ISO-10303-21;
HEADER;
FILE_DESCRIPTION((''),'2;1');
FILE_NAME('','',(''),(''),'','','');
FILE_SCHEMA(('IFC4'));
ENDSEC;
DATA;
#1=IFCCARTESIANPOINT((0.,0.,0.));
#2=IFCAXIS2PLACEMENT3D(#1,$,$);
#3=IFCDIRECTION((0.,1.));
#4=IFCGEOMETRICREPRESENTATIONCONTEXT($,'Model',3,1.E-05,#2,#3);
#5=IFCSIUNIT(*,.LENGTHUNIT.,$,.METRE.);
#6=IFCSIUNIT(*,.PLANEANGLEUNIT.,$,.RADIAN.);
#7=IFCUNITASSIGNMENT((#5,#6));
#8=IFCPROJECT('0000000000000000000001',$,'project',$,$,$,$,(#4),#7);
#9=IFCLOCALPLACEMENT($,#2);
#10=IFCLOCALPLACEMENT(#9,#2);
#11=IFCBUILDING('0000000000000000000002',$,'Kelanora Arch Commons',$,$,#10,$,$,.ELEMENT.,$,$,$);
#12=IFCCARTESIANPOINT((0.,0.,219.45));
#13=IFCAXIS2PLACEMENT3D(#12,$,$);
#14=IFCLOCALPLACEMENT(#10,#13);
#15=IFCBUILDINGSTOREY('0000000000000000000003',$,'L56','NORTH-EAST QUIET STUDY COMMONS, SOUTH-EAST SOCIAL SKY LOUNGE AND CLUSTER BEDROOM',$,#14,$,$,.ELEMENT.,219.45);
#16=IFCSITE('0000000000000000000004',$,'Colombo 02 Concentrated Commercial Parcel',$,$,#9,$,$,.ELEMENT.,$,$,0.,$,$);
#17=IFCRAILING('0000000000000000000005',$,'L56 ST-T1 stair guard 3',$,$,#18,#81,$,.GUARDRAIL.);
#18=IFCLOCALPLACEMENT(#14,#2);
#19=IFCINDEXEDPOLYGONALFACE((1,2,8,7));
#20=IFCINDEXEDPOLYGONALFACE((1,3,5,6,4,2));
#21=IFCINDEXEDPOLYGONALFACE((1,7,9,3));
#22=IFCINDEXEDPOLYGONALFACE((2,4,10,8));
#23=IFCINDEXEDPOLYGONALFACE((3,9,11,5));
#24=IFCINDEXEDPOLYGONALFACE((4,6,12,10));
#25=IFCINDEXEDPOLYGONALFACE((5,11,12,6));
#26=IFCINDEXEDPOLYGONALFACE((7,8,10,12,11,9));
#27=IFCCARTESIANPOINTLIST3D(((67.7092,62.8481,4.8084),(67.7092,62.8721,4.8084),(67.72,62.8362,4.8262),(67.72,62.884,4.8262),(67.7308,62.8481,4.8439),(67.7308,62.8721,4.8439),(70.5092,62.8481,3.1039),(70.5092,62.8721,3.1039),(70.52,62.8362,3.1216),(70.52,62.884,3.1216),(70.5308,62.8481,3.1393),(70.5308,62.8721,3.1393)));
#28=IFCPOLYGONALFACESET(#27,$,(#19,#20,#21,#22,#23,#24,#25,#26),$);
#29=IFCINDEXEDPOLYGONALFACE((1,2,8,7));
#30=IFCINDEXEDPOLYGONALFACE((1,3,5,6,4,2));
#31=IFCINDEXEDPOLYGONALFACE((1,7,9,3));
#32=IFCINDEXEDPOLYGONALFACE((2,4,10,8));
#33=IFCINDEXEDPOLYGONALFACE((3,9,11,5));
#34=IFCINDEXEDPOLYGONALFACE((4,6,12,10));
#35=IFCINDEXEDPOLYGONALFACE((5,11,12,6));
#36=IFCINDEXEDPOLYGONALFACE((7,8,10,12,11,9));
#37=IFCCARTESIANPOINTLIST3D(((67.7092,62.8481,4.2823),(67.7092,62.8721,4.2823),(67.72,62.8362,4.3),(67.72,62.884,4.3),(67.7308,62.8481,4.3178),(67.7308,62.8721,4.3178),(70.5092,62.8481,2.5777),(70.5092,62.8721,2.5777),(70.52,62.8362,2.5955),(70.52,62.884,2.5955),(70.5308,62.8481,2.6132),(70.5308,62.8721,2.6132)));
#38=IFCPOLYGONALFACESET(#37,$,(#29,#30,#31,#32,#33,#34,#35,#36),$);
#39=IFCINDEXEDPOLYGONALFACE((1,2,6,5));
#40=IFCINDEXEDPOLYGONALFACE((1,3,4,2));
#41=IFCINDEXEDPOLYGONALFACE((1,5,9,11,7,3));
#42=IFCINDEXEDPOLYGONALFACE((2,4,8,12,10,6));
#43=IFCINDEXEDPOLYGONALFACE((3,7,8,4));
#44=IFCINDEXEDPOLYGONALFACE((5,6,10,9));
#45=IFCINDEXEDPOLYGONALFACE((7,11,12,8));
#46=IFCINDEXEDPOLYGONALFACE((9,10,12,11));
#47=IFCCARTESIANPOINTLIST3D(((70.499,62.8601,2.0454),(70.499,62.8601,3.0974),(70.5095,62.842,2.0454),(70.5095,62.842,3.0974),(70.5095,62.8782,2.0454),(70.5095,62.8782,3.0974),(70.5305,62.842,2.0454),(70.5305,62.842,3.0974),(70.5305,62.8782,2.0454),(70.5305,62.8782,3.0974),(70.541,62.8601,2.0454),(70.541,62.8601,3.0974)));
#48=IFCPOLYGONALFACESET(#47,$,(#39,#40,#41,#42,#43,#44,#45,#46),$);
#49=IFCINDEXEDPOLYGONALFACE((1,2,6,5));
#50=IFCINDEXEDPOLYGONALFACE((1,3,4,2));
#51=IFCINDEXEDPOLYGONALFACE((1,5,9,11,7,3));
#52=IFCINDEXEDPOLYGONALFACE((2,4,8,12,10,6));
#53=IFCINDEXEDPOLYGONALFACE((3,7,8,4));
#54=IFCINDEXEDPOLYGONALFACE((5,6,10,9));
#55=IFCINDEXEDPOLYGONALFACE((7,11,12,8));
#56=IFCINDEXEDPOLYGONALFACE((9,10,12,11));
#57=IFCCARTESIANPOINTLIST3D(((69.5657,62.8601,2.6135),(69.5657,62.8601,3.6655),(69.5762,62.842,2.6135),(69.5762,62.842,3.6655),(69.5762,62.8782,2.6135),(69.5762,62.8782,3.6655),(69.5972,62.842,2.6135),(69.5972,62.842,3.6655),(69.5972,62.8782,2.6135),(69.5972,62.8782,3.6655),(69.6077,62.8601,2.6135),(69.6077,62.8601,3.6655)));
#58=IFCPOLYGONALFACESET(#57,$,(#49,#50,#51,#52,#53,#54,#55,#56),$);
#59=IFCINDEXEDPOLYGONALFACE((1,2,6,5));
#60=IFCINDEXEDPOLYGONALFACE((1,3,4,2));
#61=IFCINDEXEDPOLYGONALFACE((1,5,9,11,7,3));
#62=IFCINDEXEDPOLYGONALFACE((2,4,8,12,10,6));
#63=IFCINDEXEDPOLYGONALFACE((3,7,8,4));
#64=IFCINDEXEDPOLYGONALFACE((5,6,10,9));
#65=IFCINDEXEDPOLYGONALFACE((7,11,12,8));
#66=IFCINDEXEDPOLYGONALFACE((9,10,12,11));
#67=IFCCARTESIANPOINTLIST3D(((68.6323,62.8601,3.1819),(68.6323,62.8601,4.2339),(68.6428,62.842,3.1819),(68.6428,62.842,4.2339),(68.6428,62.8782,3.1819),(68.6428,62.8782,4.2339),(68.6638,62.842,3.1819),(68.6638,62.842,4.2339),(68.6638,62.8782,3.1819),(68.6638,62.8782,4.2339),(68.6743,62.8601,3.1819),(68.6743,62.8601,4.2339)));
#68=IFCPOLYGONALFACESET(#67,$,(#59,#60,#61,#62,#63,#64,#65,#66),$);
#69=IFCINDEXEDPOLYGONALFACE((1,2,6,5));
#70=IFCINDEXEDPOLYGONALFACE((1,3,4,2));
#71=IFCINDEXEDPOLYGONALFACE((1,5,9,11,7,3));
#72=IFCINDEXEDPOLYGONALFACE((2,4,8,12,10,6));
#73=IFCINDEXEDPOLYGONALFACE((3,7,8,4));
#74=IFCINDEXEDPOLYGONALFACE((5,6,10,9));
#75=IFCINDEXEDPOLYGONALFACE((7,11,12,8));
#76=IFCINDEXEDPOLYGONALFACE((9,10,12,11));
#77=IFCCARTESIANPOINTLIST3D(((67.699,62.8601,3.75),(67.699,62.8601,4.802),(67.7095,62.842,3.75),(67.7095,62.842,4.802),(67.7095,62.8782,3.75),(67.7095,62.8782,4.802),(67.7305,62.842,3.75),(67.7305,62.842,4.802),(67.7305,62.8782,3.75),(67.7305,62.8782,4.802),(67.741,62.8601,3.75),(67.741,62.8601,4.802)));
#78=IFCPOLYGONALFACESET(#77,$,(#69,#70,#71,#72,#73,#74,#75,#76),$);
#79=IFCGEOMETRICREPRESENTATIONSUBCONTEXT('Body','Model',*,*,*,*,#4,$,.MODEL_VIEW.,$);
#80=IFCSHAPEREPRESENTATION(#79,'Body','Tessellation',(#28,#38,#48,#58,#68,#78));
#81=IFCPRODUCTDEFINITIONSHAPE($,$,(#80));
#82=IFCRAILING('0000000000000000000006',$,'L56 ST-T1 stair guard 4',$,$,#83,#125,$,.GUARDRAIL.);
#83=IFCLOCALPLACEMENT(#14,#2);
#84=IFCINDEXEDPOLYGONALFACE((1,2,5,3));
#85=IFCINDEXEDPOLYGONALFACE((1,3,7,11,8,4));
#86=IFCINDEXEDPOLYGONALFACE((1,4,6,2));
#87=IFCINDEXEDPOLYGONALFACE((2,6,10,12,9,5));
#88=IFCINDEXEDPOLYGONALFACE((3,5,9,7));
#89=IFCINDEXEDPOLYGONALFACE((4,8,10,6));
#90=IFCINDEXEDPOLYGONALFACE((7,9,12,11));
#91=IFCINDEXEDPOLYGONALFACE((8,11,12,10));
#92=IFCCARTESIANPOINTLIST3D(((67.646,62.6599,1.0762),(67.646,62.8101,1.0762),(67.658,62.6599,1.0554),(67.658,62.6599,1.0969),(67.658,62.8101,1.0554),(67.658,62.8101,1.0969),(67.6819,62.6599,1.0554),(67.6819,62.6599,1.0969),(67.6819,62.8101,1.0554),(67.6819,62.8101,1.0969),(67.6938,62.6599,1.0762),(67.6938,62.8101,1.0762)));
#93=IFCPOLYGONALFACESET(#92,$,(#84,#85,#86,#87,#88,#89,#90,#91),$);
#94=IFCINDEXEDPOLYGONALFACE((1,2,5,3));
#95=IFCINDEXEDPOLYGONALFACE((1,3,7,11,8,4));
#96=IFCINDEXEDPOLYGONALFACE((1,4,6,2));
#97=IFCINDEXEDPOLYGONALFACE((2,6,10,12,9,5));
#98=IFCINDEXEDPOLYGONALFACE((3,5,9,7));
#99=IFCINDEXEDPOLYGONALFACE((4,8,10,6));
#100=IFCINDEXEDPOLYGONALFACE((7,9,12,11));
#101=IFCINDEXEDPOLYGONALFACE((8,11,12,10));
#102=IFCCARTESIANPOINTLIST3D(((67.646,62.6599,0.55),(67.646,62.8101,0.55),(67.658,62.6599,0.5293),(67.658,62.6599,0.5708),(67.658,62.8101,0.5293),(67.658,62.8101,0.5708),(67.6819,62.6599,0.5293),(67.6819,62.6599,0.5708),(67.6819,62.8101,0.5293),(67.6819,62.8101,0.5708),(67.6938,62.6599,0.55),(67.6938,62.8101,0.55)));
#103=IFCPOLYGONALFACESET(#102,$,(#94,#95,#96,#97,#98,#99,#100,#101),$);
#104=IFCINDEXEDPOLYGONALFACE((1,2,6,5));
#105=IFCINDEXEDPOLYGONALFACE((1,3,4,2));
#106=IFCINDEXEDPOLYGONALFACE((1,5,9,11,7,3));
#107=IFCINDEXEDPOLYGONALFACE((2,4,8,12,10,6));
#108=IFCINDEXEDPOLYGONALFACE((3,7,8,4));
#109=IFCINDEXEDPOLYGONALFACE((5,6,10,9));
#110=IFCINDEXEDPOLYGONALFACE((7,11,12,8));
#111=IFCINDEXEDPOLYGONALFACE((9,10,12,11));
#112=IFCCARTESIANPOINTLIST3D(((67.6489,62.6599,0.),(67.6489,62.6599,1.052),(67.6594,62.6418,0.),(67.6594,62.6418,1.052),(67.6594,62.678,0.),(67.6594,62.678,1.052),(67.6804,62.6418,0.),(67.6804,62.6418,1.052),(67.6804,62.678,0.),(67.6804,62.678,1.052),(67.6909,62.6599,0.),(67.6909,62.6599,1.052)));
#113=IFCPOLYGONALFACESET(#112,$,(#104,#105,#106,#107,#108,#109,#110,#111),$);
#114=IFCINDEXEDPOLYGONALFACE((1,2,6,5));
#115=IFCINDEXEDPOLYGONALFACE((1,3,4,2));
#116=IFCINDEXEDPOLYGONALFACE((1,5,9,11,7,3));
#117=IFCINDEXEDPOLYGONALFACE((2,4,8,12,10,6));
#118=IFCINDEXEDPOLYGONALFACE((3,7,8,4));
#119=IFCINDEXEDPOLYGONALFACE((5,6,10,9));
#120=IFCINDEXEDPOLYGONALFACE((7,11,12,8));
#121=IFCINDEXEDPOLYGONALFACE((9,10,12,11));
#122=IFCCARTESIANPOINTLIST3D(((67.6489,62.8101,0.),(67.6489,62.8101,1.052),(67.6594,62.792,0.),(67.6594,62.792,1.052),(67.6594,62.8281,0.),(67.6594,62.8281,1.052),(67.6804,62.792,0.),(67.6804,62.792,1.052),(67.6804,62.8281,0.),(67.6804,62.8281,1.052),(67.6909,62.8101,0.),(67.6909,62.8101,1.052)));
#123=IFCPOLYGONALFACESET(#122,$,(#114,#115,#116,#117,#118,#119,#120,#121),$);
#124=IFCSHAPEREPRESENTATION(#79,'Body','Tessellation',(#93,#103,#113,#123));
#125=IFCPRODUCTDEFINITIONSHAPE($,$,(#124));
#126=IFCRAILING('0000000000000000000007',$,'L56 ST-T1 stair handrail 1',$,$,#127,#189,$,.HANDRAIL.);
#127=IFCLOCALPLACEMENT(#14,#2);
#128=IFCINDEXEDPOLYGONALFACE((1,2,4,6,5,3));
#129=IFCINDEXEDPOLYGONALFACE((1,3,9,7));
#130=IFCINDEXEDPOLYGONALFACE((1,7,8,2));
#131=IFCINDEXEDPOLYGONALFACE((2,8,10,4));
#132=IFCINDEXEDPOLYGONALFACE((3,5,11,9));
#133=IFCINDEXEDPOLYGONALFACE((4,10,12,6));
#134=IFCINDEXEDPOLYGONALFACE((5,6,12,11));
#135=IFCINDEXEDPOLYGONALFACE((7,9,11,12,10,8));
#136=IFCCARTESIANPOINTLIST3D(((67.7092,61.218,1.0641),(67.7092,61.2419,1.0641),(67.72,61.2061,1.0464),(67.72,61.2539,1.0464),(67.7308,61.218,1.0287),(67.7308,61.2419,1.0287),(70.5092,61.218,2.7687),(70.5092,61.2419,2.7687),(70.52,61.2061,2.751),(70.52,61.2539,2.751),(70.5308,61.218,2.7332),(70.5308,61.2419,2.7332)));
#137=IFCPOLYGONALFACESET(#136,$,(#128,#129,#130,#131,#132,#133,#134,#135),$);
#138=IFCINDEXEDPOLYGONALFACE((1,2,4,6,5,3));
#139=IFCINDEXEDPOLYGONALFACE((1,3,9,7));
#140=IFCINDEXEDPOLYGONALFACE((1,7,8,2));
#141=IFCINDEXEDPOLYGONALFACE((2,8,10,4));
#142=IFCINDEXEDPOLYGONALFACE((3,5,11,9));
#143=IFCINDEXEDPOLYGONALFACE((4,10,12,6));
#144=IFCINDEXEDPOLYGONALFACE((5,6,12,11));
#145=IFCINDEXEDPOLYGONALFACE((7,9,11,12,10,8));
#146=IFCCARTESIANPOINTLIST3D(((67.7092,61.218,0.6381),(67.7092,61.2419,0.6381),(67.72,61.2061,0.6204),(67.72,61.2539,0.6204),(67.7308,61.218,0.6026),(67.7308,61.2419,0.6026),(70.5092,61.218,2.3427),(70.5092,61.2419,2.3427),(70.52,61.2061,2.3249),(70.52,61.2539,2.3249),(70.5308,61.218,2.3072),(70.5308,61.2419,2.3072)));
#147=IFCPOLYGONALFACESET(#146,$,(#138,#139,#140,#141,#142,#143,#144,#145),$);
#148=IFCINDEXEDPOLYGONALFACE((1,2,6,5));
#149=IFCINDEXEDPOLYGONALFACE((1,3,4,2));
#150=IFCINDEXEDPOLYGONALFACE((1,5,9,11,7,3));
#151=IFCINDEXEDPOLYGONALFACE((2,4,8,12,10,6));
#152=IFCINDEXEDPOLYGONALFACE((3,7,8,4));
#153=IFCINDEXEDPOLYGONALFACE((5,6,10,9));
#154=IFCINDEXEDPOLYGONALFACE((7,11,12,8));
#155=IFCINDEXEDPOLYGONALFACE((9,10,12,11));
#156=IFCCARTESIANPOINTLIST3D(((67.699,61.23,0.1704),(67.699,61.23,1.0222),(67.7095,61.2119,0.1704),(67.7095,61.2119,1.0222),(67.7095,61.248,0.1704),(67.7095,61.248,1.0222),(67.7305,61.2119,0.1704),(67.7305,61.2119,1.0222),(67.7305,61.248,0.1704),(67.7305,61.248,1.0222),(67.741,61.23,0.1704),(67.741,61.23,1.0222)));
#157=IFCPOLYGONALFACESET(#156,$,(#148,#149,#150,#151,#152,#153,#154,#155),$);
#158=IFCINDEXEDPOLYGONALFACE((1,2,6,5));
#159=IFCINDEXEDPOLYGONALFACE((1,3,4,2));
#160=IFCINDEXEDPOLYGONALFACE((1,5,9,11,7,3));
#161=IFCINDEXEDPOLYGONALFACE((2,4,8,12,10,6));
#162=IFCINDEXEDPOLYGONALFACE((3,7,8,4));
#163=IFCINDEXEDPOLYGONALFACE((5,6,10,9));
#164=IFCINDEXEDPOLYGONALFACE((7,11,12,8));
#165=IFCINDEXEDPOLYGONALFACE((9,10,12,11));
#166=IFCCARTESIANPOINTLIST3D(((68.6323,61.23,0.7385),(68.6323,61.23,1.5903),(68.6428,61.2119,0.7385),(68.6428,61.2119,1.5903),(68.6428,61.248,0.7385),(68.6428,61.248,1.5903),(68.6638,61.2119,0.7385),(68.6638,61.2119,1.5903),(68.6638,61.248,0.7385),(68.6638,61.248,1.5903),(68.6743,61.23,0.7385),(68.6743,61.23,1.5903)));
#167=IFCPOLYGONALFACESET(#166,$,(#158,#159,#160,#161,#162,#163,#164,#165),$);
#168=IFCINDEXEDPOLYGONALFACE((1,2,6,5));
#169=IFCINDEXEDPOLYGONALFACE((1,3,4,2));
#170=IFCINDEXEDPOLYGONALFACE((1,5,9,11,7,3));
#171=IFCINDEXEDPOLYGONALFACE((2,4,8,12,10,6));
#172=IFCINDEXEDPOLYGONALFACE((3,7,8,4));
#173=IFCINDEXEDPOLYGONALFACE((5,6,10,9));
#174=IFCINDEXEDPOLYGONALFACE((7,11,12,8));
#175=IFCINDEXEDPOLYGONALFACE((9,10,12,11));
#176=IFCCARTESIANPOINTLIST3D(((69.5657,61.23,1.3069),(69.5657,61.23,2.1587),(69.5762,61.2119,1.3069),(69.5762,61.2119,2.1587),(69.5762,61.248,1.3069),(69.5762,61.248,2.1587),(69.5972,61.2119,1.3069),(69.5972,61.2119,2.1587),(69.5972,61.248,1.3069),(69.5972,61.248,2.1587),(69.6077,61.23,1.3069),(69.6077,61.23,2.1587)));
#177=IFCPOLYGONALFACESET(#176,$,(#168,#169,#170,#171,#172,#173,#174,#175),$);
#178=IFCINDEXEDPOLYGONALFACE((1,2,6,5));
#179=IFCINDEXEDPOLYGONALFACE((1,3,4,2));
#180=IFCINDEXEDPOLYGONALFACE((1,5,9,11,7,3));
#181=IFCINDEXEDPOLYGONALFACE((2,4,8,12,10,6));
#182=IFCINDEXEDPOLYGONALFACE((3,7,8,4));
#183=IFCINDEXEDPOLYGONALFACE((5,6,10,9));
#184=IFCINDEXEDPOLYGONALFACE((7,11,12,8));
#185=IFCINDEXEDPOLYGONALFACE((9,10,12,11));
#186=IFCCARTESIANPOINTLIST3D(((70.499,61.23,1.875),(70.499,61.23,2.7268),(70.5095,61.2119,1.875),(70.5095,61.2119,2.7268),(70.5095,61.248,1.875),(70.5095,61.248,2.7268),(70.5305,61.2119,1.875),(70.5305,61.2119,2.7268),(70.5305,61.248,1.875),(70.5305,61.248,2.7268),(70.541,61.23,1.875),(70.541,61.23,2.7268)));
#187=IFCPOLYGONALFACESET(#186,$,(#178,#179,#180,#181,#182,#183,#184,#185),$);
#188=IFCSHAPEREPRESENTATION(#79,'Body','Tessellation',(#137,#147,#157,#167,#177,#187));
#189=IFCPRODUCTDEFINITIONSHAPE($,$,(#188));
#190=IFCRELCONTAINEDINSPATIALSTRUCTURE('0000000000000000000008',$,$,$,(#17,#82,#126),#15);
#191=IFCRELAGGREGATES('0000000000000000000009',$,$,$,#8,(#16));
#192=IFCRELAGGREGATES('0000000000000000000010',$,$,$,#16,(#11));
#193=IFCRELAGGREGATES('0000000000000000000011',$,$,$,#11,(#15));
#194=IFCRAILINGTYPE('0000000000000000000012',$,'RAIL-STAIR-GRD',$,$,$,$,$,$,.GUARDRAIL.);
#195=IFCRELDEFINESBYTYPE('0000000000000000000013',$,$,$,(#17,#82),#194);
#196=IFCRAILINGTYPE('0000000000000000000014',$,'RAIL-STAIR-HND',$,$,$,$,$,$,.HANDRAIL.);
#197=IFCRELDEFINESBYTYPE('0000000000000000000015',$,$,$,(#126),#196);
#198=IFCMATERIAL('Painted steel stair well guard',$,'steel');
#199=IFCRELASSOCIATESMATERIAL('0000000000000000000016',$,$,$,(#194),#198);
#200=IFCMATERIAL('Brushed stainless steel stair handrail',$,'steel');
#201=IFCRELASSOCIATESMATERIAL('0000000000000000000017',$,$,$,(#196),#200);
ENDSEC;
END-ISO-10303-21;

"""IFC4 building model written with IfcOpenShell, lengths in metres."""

from ifc_helpers import new_model, si_unit, direction, frame, origin, place, context, subcontext, project, spatial, polyline, outline, extrude, material, type_object, element, save


model = new_model("IFC4")

# Units and contexts
model_context = context("Model", 3, precision=1e-05, world=origin(), true_north=direction((0.0, 1.0)))
body_context = subcontext(model_context, "Body", "Model", "MODEL_VIEW")
ifc_project = project(units=[si_unit("LENGTHUNIT", "METRE"), si_unit("PLANEANGLEUNIT", "RADIAN")], contexts=[model_context])

# Site, building, storey
site_placement = place(None, origin())
site = spatial("IfcSite", under=ifc_project, at=site_placement, Name="Colombo 02 Concentrated Commercial Parcel", CompositionType="ELEMENT", RefElevation=0.0)
building_placement = place(site_placement, origin())
building = spatial("IfcBuilding", under=site, at=building_placement, Name="Kelanora Arch Commons", CompositionType="ELEMENT")
storey_placement = place(building_placement, frame((0.0, 0.0, 219.45)))
storey = spatial("IfcBuildingStorey", under=building, at=storey_placement, Name="L56", Description="NORTH-EAST QUIET STUDY COMMONS, SOUTH-EAST SOCIAL SKY LOUNGE AND CLUSTER BEDROOM", CompositionType="ELEMENT", Elevation=219.45)

# Railings
ifc_material_1 = material(Name="Painted steel stair well guard", Category="steel")
railing_type_1 = type_object("IfcRailingType", Name="RAIL-STAIR-GRD", PredefinedType="GUARDRAIL", material=ifc_material_1)
railing_1_placement = place(storey_placement, frame((70.52, 62.8601, 2.0454)))
element("IfcRailing", 1, at=railing_1_placement, inside=storey, type_object=railing_type_1, Name="L56 ST-T1 stair guard 3", PredefinedType="GUARDRAIL", context=body_context, shape_type="SweptSolid", body=[
    extrude(outline(polyline([(0.0239, 0.0), (0.012, 0.0208), (-0.012, 0.0208), (-0.0239, 0.0), (-0.012, -0.0208), (0.012, -0.0208), (0.0239, 0.0)])), frame((0.0, 0.0, 1.0762), z_axis=(-0.85417, 0.0, 0.519994), x_axis=(0.0, -1.0, 0.0)), (0.0, 0.0, 1.0), 3.2781),
    extrude(outline(polyline([(0.0239, 0.0), (0.012, 0.0208), (-0.012, 0.0208), (-0.0239, 0.0), (-0.012, -0.0208), (0.012, -0.0208), (0.0239, 0.0)])), frame((0.0, 0.0, 0.55), z_axis=(-0.85417, 0.0, 0.519994), x_axis=(0.0, -1.0, 0.0)), (0.0, 0.0, 1.0), 3.2781),
    extrude(outline(polyline([(0.021, 0.0), (0.0105, 0.0181), (-0.0105, 0.0181), (-0.021, 0.0), (-0.0105, -0.0181), (0.0105, -0.0181), (0.021, 0.0)])), origin(), (0.0, 0.0, 1.0), 1.052),
    extrude(outline(polyline([(0.021, 0.0), (0.0105, 0.0181), (-0.0105, 0.0181), (-0.021, 0.0), (-0.0105, -0.0181), (0.0105, -0.0181), (0.021, 0.0)])), frame((-0.9333, 0.0, 0.5681)), (0.0, 0.0, 1.0), 1.052),
    extrude(outline(polyline([(0.021, 0.0), (0.0105, 0.0181), (-0.0105, 0.0181), (-0.021, 0.0), (-0.0105, -0.0181), (0.0105, -0.0181), (0.021, 0.0)])), frame((-1.8667, 0.0, 1.1365)), (0.0, 0.0, 1.0), 1.052),
    extrude(outline(polyline([(0.021, 0.0), (0.0105, 0.0181), (-0.0105, 0.0181), (-0.021, 0.0), (-0.0105, -0.0181), (0.0105, -0.0181), (0.021, 0.0)])), frame((-2.8, 0.0, 1.7046)), (0.0, 0.0, 1.0), 1.052),
])
railing_2_placement = place(storey_placement, frame((67.6699, 62.6599, 0.0)))
element("IfcRailing", 2, at=railing_2_placement, inside=storey, type_object=railing_type_1, Name="L56 ST-T1 stair guard 4", PredefinedType="GUARDRAIL", context=body_context, shape_type="SweptSolid", body=[
    extrude(outline(polyline([(0.0239, 0.0), (0.012, 0.0208), (-0.012, 0.0208), (-0.0239, 0.0), (-0.012, -0.0208), (0.012, -0.0208), (0.0239, 0.0)])), frame((0.0, 0.0, 1.0762), z_axis=(0.0, 1.0, 0.0), x_axis=(-1.0, 0.0, 0.0)), (0.0, 0.0, 1.0), 0.1501),
    extrude(outline(polyline([(0.0239, 0.0), (0.012, 0.0208), (-0.012, 0.0208), (-0.0239, 0.0), (-0.012, -0.0208), (0.012, -0.0208), (0.0239, 0.0)])), frame((0.0, 0.0, 0.55), z_axis=(0.0, 1.0, 0.0), x_axis=(-1.0, 0.0, 0.0)), (0.0, 0.0, 1.0), 0.1501),
    extrude(outline(polyline([(0.021, 0.0), (0.0105, 0.0181), (-0.0105, 0.0181), (-0.021, 0.0), (-0.0105, -0.0181), (0.0105, -0.0181), (0.021, 0.0)])), origin(), (0.0, 0.0, 1.0), 1.052),
    extrude(outline(polyline([(0.021, 0.0), (0.0105, 0.0181), (-0.0105, 0.0181), (-0.021, 0.0), (-0.0105, -0.0181), (0.0105, -0.0181), (0.021, 0.0)])), frame((0.0, 0.1501, 0.0)), (0.0, 0.0, 1.0), 1.052),
])
ifc_material_2 = material(Name="Brushed stainless steel stair handrail", Category="steel")
railing_type_2 = type_object("IfcRailingType", Name="RAIL-STAIR-HND", PredefinedType="HANDRAIL", material=ifc_material_2)
railing_3_placement = place(storey_placement, frame((67.72, 61.23, 0.1704)))
element("IfcRailing", 3, at=railing_3_placement, inside=storey, type_object=railing_type_2, Name="L56 ST-T1 stair handrail 1", PredefinedType="HANDRAIL", context=body_context, shape_type="SweptSolid", body=[
    extrude(outline(polyline([(0.0239, 0.0), (0.012, 0.0208), (-0.012, 0.0208), (-0.0239, 0.0), (-0.012, -0.0208), (0.012, -0.0208), (0.0239, 0.0)])), frame((0.0, 0.0, 0.876), z_axis=(0.85417, 0.0, 0.519994), x_axis=(0.0, 1.0, 0.0)), (0.0, 0.0, 1.0), 3.2781),
    extrude(outline(polyline([(0.0239, 0.0), (0.012, 0.0208), (-0.012, 0.0208), (-0.0239, 0.0), (-0.012, -0.0208), (0.012, -0.0208), (0.0239, 0.0)])), frame((0.0, 0.0, 0.45), z_axis=(0.85417, 0.0, 0.519994), x_axis=(0.0, 1.0, 0.0)), (0.0, 0.0, 1.0), 3.2781),
    extrude(outline(polyline([(0.021, 0.0), (0.0105, 0.0181), (-0.0105, 0.0181), (-0.021, 0.0), (-0.0105, -0.0181), (0.0105, -0.0181), (0.021, 0.0)])), origin(), (0.0, 0.0, 1.0), 0.8518),
    extrude(outline(polyline([(0.021, 0.0), (0.0105, 0.0181), (-0.0105, 0.0181), (-0.021, 0.0), (-0.0105, -0.0181), (0.0105, -0.0181), (0.021, 0.0)])), frame((0.9333, 0.0, 0.5681)), (0.0, 0.0, 1.0), 0.8518),
    extrude(outline(polyline([(0.021, 0.0), (0.0105, 0.0181), (-0.0105, 0.0181), (-0.021, 0.0), (-0.0105, -0.0181), (0.0105, -0.0181), (0.021, 0.0)])), frame((1.8667, 0.0, 1.1365)), (0.0, 0.0, 1.0), 0.8518),
    extrude(outline(polyline([(0.021, 0.0), (0.0105, 0.0181), (-0.0105, 0.0181), (-0.021, 0.0), (-0.0105, -0.0181), (0.0105, -0.0181), (0.021, 0.0)])), frame((2.8, 0.0, 1.7046)), (0.0, 0.0, 1.0), 0.8518),
])

save(model, "model.ifc")
